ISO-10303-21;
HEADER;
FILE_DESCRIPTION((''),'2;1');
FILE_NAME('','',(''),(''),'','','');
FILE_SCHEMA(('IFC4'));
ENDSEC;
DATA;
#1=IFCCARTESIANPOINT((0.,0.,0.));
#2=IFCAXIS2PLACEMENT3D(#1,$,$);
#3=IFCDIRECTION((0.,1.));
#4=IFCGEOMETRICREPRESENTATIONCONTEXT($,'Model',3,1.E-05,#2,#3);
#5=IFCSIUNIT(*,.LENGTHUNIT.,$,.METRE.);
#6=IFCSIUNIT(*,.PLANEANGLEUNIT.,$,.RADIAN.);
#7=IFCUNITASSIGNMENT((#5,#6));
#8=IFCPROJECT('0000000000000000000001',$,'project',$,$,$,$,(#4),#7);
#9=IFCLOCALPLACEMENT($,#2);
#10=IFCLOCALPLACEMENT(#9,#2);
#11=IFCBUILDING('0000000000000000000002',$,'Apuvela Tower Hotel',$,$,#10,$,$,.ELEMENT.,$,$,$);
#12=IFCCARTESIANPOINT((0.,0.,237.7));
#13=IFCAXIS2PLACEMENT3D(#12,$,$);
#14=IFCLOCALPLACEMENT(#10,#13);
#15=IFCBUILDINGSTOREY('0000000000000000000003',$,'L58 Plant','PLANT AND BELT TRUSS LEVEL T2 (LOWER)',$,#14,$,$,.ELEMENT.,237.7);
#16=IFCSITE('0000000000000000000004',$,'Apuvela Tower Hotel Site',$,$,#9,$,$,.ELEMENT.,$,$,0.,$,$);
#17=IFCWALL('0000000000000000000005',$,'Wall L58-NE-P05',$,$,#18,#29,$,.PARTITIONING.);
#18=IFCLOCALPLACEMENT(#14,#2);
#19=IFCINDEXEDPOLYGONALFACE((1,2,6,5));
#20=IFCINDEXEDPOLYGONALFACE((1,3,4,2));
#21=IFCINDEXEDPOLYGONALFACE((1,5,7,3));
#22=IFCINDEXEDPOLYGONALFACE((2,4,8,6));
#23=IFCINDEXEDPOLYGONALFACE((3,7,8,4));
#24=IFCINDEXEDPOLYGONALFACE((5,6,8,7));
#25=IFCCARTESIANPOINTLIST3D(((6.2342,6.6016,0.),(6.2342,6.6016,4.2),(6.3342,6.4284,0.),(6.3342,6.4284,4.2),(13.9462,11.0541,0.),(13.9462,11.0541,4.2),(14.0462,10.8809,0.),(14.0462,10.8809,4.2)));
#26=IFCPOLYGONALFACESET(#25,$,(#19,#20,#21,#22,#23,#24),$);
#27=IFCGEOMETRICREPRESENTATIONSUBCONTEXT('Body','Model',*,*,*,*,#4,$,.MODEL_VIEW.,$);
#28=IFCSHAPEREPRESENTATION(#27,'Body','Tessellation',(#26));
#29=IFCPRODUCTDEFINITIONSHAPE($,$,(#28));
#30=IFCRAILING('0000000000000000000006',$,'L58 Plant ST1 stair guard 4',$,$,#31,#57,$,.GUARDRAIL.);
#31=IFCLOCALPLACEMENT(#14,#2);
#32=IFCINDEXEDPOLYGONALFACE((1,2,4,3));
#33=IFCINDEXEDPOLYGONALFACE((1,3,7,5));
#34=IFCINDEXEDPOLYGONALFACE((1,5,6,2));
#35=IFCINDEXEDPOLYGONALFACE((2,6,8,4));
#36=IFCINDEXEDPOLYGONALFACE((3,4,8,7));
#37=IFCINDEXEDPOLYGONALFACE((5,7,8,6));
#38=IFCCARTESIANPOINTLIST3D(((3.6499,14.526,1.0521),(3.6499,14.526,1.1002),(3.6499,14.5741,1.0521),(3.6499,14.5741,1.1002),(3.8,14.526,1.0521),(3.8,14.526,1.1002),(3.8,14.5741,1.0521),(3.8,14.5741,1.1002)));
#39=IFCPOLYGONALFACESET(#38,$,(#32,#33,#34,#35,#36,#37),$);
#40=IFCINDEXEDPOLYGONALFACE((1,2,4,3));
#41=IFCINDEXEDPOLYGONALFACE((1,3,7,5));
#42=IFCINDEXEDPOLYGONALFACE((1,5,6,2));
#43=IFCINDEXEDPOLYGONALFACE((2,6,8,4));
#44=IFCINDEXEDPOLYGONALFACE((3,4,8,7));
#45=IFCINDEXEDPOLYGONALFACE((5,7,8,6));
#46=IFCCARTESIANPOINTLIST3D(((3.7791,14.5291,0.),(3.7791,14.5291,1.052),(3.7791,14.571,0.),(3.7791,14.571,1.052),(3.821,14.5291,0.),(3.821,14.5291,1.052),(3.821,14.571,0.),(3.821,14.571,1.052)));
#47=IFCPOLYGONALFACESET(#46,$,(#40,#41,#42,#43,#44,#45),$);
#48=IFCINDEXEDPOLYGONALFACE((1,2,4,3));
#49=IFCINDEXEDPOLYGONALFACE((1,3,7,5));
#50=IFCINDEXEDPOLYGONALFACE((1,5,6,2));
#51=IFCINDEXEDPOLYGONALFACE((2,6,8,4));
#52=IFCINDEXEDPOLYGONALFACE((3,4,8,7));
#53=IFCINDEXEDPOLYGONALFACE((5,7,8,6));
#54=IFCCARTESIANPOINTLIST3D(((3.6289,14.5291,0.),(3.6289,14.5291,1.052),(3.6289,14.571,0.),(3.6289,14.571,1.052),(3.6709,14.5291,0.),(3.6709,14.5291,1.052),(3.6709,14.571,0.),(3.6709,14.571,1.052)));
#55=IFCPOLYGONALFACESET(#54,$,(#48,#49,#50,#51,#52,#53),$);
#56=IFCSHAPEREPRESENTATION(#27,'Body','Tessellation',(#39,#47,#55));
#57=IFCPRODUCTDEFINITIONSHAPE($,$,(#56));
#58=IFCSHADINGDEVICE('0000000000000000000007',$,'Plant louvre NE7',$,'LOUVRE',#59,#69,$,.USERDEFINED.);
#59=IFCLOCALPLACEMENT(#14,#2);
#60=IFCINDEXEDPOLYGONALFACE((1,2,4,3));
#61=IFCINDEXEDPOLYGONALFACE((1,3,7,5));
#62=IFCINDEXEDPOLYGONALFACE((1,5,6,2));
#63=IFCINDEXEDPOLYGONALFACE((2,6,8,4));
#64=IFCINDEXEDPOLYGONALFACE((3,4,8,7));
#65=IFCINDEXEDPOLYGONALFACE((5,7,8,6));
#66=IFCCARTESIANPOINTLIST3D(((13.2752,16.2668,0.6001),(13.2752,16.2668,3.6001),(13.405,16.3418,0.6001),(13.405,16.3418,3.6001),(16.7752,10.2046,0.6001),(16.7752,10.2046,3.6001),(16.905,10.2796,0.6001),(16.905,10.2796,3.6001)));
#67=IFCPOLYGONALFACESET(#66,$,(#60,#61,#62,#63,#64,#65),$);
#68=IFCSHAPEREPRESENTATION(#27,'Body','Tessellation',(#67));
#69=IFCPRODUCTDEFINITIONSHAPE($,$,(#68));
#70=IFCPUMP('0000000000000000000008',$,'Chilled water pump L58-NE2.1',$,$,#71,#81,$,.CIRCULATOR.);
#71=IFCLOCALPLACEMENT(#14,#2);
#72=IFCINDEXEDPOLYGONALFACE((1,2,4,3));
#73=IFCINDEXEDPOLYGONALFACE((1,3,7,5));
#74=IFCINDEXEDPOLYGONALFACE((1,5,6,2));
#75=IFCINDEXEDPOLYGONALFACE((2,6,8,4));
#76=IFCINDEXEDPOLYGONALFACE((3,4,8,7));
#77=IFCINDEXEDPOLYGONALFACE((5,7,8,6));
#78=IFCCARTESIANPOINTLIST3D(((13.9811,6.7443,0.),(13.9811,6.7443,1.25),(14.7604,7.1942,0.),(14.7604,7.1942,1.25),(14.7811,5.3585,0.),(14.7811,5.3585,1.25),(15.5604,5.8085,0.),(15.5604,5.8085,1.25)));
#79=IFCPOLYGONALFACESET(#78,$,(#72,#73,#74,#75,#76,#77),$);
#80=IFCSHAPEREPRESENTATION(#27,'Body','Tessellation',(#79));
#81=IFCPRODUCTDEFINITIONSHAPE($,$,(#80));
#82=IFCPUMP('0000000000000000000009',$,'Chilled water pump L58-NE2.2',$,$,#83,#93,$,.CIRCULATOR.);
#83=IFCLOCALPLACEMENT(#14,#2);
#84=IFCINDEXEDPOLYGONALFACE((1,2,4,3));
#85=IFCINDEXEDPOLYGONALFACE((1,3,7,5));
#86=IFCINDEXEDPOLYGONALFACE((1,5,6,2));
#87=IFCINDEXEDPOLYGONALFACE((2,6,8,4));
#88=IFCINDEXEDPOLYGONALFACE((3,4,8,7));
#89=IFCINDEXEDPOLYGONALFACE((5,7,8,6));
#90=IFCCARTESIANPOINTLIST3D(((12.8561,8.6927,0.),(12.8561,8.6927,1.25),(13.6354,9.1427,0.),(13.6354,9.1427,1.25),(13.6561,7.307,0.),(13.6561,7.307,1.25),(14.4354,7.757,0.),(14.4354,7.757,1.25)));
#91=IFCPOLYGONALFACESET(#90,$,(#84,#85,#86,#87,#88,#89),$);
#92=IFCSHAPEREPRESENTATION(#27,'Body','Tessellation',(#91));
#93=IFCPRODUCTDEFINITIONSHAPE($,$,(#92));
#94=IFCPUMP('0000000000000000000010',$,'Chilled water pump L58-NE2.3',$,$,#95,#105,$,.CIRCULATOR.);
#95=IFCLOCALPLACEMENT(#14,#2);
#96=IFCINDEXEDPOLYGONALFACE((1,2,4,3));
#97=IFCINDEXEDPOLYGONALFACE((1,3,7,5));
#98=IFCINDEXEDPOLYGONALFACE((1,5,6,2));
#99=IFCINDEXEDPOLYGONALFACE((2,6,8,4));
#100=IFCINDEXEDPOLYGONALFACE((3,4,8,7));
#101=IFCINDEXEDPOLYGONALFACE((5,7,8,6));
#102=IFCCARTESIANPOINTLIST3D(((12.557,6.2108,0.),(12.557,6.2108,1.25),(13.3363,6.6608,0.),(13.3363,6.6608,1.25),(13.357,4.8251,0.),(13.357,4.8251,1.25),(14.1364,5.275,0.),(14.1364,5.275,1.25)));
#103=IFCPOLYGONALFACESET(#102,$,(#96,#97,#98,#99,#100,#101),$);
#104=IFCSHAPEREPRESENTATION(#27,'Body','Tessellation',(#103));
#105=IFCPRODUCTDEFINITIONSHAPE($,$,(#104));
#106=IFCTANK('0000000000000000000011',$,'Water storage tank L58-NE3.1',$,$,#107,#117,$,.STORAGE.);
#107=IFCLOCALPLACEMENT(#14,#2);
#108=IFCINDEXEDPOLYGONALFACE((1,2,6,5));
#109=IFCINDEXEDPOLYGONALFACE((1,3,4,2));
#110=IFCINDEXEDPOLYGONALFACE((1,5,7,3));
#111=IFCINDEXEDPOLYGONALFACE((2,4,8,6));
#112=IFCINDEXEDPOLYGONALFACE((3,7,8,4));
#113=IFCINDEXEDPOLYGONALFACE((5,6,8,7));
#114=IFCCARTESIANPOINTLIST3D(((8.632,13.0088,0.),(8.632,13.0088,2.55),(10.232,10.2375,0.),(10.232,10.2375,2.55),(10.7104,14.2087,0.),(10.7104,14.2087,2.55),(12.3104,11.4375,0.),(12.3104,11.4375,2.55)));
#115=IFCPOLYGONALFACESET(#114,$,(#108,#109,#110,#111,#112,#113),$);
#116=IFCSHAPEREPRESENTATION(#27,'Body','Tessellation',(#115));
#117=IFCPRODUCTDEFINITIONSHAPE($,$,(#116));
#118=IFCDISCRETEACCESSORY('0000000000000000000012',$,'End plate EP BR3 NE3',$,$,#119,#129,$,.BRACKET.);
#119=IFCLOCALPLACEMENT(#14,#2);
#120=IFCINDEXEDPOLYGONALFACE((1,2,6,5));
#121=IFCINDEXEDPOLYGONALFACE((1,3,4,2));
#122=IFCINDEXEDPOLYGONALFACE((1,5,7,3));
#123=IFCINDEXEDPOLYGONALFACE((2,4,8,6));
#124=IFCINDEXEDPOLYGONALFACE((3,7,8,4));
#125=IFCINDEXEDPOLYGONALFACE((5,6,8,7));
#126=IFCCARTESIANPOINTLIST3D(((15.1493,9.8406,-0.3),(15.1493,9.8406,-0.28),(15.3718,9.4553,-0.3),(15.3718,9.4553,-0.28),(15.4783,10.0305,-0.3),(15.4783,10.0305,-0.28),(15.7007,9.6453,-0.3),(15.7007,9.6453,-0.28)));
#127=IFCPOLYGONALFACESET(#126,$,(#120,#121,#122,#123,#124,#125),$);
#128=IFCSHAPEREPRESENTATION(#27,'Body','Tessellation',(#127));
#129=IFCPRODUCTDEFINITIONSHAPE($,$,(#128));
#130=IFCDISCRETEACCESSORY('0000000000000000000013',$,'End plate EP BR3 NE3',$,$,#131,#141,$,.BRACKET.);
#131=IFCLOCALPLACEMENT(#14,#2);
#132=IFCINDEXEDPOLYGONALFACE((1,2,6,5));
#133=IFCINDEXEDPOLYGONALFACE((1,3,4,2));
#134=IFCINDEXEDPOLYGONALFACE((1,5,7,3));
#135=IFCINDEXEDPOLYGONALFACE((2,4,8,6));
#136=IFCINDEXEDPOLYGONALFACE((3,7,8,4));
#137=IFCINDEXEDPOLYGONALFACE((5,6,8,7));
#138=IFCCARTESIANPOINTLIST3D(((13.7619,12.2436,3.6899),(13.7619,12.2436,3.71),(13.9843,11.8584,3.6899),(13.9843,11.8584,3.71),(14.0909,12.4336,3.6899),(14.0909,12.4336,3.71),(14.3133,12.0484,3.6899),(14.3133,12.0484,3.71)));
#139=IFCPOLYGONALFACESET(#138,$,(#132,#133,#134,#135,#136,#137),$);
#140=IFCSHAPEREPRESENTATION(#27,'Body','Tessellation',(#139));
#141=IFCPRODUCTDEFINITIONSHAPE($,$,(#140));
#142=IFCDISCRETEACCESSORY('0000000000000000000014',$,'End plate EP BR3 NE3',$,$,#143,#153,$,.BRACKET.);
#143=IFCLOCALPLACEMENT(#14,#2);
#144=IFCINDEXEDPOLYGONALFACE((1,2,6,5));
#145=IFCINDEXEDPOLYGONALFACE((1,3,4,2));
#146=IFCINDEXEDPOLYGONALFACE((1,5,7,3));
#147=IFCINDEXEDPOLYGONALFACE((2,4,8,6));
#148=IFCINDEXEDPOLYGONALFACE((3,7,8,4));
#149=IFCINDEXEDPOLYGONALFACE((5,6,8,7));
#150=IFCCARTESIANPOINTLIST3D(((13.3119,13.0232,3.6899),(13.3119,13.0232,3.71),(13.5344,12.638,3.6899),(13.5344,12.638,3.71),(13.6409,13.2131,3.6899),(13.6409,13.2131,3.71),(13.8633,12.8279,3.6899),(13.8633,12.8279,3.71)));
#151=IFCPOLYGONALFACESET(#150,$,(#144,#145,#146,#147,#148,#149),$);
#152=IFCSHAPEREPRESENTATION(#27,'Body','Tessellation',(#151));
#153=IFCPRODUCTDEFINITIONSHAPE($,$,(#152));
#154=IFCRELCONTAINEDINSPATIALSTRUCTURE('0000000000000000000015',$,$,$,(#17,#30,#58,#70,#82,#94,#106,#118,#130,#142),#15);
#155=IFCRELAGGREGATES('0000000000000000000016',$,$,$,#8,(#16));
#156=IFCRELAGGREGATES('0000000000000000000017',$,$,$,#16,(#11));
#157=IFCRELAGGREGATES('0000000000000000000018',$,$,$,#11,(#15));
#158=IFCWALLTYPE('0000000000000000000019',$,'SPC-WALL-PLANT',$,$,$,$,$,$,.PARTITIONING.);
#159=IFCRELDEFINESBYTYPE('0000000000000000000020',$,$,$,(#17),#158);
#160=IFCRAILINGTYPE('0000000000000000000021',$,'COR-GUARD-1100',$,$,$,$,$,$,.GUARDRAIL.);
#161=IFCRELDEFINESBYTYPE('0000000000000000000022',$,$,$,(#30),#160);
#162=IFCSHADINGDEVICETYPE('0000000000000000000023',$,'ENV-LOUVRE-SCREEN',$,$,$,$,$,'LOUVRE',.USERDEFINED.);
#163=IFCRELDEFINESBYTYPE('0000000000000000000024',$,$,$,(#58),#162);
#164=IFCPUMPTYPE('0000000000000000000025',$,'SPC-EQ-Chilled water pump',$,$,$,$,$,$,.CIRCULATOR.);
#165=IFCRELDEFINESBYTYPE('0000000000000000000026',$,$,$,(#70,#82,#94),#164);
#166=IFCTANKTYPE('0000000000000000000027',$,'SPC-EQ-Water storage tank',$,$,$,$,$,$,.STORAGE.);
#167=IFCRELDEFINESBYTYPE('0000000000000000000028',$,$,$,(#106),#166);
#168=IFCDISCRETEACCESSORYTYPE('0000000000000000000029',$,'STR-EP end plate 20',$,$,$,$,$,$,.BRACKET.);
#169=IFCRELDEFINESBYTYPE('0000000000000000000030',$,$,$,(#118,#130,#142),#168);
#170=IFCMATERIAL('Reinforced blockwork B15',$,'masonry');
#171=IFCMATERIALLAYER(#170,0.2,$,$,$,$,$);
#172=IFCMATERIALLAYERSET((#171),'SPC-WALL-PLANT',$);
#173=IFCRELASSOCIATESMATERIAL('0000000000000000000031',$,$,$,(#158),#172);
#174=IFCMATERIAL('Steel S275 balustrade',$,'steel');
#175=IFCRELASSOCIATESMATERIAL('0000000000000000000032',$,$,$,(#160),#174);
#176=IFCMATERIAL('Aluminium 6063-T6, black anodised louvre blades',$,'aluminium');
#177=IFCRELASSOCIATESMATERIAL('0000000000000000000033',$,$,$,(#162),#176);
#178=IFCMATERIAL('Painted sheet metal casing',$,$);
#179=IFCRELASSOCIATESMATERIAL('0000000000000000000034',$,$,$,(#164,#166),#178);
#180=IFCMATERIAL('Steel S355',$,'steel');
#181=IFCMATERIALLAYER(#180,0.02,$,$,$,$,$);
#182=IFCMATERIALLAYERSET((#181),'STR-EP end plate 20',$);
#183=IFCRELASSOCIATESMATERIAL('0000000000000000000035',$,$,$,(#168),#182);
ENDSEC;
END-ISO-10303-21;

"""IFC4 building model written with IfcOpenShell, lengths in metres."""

from ifc_helpers import new_model, si_unit, direction, frame, frame_2d, origin, origin_2d, place, context, subcontext, project, spatial, rectangle, extrude, material, layer, layer_set, type_object, element, save


model = new_model("IFC4")

# Units and contexts
model_context = context("Model", 3, precision=1e-05, world=origin(), true_north=direction((0.0, 1.0)))
body_context = subcontext(model_context, "Body", "Model", "MODEL_VIEW")
ifc_project = project(units=[si_unit("LENGTHUNIT", "METRE"), si_unit("PLANEANGLEUNIT", "RADIAN")], contexts=[model_context])

# Site, building, storey
site_placement = place(None, origin())
site = spatial("IfcSite", under=ifc_project, at=site_placement, Name="Apuvela Tower Hotel Site", CompositionType="ELEMENT", RefElevation=0.0)
building_placement = place(site_placement, origin())
building = spatial("IfcBuilding", under=site, at=building_placement, Name="Apuvela Tower Hotel", CompositionType="ELEMENT")
storey_placement = place(building_placement, frame((0.0, 0.0, 237.7)))
storey = spatial("IfcBuildingStorey", under=building, at=storey_placement, Name="L58 Plant", Description="PLANT AND BELT TRUSS LEVEL T2 (LOWER)", CompositionType="ELEMENT", Elevation=237.7)

# Shared definitions
ifc_material_1 = material(Name="Steel S355", Category="steel")

# Wall
ifc_material_2 = material(Name="Reinforced blockwork B15", Category="masonry")
ifc_layer_1 = layer(ifc_material_2, 0.2)
ifc_layer_set_1 = layer_set([ifc_layer_1], Name="SPC-WALL-PLANT")
wall_type_1 = type_object("IfcWallType", Name="SPC-WALL-PLANT", PredefinedType="PARTITIONING", material=ifc_layer_set_1)
wall_1_placement = place(storey_placement, frame((13.9963, 10.9675, 0.0), z_axis=(0.0, 0.0, 1.0), x_axis=(-0.866029, -0.499993, 0.0)))
element("IfcWall", 1, at=wall_1_placement, inside=storey, type_object=wall_type_1, Name="Wall L58-NE-P05", PredefinedType="PARTITIONING", context=body_context, shape_type="SweptSolid", body=[
    extrude(rectangle(XDim=8.905, YDim=0.2, at=frame_2d((4.4526, 0.0))), origin(), (0.0, 0.0, 1.0), 4.2),
])

# Railing
ifc_material_3 = material(Name="Steel S275 balustrade", Category="steel")
railing_type = type_object("IfcRailingType", Name="COR-GUARD-1100", PredefinedType="GUARDRAIL", material=ifc_material_3)
railing_placement = place(storey_placement, frame((3.8, 14.55, 0.0)))
element("IfcRailing", 2, at=railing_placement, inside=storey, type_object=railing_type, Name="L58 Plant ST1 stair guard 4", PredefinedType="GUARDRAIL", context=body_context, shape_type="SweptSolid", body=[
    extrude(rectangle(XDim=0.0481, YDim=0.0481, at=origin_2d()), frame((0.0, 0.0, 1.0762), z_axis=(-1.0, 0.0, 0.0), x_axis=(0.0, -1.0, 0.0)), (0.0, 0.0, 1.0), 0.1501),
    extrude(rectangle(XDim=0.042, YDim=0.042, at=origin_2d()), origin(), (0.0, 0.0, 1.0), 1.052),
    extrude(rectangle(XDim=0.042, YDim=0.042, at=origin_2d()), frame((-0.1501, 0.0, 0.0)), (0.0, 0.0, 1.0), 1.052),
])

# Shading device
ifc_material_4 = material(Name="Aluminium 6063-T6, black anodised louvre blades", Category="aluminium")
shading_device_type = type_object("IfcShadingDeviceType", Name="ENV-LOUVRE-SCREEN", ElementType="LOUVRE", PredefinedType="USERDEFINED", material=ifc_material_4)
shading_device_placement = place(storey_placement, frame((15.0901, 13.2732, 0.6001), z_axis=(0.0, 0.0, 1.0), x_axis=(-0.5, 0.866025, 0.0)))
element("IfcShadingDevice", 3, at=shading_device_placement, inside=storey, type_object=shading_device_type, Name="Plant louvre NE7", ObjectType="LOUVRE", PredefinedType="USERDEFINED", context=body_context, shape_type="SweptSolid", body=[
    extrude(rectangle(XDim=7.0, YDim=0.1499, at=origin_2d()), origin(), (0.0, 0.0, 1.0), 3.0),
])

# Pumps
ifc_material_5 = material(Name="Painted sheet metal casing")
pump_type = type_object("IfcPumpType", Name="SPC-EQ-Chilled water pump", PredefinedType="CIRCULATOR", material=ifc_material_5)
for number, where, z_axis, x_axis, name in (
    (4, (14.7708, 6.2764, 0.0), (0.0, 0.0, 1.0), (-0.5, 0.866025, 0.0), "Chilled water pump L58-NE2.1"),
    (5, (13.6458, 8.2249, 0.0), (0.0, 0.0, 1.0), (-0.5, 0.866025, 0.0), "Chilled water pump L58-NE2.2"),
    (6, (13.3467, 5.7429, 0.0), (0.0, 0.0, 1.0), (-0.5, 0.866025, 0.0), "Chilled water pump L58-NE2.3"),
):
    element("IfcPump", number, at=place(storey_placement, frame(where, z_axis=z_axis, x_axis=x_axis)), inside=storey, type_object=pump_type, Name=name, PredefinedType="CIRCULATOR", context=body_context, shape_type="SweptSolid", body=[
        extrude(rectangle(XDim=1.6001, YDim=0.8999, at=origin_2d()), origin(), (0.0, 0.0, 1.0), 1.25),
    ])

# Tank
tank_type = type_object("IfcTankType", Name="SPC-EQ-Water storage tank", PredefinedType="STORAGE", material=ifc_material_5)
tank_placement = place(storey_placement, frame((10.4712, 12.2231, 0.0), z_axis=(0.0, 0.0, 1.0), x_axis=(-0.5, 0.866025, 0.0)))
element("IfcTank", 7, at=tank_placement, inside=storey, type_object=tank_type, Name="Water storage tank L58-NE3.1", PredefinedType="STORAGE", context=body_context, shape_type="SweptSolid", body=[
    extrude(rectangle(XDim=3.2, YDim=2.3999, at=origin_2d()), origin(), (0.0, 0.0, 1.0), 2.55),
])

# Discrete accessories
ifc_layer_2 = layer(ifc_material_1, 0.02)
ifc_layer_set_2 = layer_set([ifc_layer_2], Name="STR-EP end plate 20")
discrete_accessory_type = type_object("IfcDiscreteAccessoryType", Name="STR-EP end plate 20", PredefinedType="BRACKET", material=ifc_layer_set_2)
for number, where, z_axis, x_axis, name in (
    (8, (15.425, 9.7429, -0.3), (0.0, 0.0, 1.0), (-0.5, 0.866025, 0.0), "End plate EP BR3 NE3"),
    (9, (14.0376, 12.146, 3.6899), (0.0, 0.0, 1.0), (-0.5, 0.866025, 0.0), "End plate EP BR3 NE3"),
    (10, (13.5876, 12.9255, 3.6899), (0.0, 0.0, 1.0), (0.5, -0.866025, 0.0), "End plate EP BR3 NE3"),
):
    element("IfcDiscreteAccessory", number, at=place(storey_placement, frame(where, z_axis=z_axis, x_axis=x_axis)), inside=storey, type_object=discrete_accessory_type, Name=name, PredefinedType="BRACKET", context=body_context, shape_type="SweptSolid", body=[
        extrude(rectangle(XDim=0.4448, YDim=0.3799, at=origin_2d()), origin(), (0.0, 0.0, 1.0), 0.02),
    ])

save(model, "model.ifc")
